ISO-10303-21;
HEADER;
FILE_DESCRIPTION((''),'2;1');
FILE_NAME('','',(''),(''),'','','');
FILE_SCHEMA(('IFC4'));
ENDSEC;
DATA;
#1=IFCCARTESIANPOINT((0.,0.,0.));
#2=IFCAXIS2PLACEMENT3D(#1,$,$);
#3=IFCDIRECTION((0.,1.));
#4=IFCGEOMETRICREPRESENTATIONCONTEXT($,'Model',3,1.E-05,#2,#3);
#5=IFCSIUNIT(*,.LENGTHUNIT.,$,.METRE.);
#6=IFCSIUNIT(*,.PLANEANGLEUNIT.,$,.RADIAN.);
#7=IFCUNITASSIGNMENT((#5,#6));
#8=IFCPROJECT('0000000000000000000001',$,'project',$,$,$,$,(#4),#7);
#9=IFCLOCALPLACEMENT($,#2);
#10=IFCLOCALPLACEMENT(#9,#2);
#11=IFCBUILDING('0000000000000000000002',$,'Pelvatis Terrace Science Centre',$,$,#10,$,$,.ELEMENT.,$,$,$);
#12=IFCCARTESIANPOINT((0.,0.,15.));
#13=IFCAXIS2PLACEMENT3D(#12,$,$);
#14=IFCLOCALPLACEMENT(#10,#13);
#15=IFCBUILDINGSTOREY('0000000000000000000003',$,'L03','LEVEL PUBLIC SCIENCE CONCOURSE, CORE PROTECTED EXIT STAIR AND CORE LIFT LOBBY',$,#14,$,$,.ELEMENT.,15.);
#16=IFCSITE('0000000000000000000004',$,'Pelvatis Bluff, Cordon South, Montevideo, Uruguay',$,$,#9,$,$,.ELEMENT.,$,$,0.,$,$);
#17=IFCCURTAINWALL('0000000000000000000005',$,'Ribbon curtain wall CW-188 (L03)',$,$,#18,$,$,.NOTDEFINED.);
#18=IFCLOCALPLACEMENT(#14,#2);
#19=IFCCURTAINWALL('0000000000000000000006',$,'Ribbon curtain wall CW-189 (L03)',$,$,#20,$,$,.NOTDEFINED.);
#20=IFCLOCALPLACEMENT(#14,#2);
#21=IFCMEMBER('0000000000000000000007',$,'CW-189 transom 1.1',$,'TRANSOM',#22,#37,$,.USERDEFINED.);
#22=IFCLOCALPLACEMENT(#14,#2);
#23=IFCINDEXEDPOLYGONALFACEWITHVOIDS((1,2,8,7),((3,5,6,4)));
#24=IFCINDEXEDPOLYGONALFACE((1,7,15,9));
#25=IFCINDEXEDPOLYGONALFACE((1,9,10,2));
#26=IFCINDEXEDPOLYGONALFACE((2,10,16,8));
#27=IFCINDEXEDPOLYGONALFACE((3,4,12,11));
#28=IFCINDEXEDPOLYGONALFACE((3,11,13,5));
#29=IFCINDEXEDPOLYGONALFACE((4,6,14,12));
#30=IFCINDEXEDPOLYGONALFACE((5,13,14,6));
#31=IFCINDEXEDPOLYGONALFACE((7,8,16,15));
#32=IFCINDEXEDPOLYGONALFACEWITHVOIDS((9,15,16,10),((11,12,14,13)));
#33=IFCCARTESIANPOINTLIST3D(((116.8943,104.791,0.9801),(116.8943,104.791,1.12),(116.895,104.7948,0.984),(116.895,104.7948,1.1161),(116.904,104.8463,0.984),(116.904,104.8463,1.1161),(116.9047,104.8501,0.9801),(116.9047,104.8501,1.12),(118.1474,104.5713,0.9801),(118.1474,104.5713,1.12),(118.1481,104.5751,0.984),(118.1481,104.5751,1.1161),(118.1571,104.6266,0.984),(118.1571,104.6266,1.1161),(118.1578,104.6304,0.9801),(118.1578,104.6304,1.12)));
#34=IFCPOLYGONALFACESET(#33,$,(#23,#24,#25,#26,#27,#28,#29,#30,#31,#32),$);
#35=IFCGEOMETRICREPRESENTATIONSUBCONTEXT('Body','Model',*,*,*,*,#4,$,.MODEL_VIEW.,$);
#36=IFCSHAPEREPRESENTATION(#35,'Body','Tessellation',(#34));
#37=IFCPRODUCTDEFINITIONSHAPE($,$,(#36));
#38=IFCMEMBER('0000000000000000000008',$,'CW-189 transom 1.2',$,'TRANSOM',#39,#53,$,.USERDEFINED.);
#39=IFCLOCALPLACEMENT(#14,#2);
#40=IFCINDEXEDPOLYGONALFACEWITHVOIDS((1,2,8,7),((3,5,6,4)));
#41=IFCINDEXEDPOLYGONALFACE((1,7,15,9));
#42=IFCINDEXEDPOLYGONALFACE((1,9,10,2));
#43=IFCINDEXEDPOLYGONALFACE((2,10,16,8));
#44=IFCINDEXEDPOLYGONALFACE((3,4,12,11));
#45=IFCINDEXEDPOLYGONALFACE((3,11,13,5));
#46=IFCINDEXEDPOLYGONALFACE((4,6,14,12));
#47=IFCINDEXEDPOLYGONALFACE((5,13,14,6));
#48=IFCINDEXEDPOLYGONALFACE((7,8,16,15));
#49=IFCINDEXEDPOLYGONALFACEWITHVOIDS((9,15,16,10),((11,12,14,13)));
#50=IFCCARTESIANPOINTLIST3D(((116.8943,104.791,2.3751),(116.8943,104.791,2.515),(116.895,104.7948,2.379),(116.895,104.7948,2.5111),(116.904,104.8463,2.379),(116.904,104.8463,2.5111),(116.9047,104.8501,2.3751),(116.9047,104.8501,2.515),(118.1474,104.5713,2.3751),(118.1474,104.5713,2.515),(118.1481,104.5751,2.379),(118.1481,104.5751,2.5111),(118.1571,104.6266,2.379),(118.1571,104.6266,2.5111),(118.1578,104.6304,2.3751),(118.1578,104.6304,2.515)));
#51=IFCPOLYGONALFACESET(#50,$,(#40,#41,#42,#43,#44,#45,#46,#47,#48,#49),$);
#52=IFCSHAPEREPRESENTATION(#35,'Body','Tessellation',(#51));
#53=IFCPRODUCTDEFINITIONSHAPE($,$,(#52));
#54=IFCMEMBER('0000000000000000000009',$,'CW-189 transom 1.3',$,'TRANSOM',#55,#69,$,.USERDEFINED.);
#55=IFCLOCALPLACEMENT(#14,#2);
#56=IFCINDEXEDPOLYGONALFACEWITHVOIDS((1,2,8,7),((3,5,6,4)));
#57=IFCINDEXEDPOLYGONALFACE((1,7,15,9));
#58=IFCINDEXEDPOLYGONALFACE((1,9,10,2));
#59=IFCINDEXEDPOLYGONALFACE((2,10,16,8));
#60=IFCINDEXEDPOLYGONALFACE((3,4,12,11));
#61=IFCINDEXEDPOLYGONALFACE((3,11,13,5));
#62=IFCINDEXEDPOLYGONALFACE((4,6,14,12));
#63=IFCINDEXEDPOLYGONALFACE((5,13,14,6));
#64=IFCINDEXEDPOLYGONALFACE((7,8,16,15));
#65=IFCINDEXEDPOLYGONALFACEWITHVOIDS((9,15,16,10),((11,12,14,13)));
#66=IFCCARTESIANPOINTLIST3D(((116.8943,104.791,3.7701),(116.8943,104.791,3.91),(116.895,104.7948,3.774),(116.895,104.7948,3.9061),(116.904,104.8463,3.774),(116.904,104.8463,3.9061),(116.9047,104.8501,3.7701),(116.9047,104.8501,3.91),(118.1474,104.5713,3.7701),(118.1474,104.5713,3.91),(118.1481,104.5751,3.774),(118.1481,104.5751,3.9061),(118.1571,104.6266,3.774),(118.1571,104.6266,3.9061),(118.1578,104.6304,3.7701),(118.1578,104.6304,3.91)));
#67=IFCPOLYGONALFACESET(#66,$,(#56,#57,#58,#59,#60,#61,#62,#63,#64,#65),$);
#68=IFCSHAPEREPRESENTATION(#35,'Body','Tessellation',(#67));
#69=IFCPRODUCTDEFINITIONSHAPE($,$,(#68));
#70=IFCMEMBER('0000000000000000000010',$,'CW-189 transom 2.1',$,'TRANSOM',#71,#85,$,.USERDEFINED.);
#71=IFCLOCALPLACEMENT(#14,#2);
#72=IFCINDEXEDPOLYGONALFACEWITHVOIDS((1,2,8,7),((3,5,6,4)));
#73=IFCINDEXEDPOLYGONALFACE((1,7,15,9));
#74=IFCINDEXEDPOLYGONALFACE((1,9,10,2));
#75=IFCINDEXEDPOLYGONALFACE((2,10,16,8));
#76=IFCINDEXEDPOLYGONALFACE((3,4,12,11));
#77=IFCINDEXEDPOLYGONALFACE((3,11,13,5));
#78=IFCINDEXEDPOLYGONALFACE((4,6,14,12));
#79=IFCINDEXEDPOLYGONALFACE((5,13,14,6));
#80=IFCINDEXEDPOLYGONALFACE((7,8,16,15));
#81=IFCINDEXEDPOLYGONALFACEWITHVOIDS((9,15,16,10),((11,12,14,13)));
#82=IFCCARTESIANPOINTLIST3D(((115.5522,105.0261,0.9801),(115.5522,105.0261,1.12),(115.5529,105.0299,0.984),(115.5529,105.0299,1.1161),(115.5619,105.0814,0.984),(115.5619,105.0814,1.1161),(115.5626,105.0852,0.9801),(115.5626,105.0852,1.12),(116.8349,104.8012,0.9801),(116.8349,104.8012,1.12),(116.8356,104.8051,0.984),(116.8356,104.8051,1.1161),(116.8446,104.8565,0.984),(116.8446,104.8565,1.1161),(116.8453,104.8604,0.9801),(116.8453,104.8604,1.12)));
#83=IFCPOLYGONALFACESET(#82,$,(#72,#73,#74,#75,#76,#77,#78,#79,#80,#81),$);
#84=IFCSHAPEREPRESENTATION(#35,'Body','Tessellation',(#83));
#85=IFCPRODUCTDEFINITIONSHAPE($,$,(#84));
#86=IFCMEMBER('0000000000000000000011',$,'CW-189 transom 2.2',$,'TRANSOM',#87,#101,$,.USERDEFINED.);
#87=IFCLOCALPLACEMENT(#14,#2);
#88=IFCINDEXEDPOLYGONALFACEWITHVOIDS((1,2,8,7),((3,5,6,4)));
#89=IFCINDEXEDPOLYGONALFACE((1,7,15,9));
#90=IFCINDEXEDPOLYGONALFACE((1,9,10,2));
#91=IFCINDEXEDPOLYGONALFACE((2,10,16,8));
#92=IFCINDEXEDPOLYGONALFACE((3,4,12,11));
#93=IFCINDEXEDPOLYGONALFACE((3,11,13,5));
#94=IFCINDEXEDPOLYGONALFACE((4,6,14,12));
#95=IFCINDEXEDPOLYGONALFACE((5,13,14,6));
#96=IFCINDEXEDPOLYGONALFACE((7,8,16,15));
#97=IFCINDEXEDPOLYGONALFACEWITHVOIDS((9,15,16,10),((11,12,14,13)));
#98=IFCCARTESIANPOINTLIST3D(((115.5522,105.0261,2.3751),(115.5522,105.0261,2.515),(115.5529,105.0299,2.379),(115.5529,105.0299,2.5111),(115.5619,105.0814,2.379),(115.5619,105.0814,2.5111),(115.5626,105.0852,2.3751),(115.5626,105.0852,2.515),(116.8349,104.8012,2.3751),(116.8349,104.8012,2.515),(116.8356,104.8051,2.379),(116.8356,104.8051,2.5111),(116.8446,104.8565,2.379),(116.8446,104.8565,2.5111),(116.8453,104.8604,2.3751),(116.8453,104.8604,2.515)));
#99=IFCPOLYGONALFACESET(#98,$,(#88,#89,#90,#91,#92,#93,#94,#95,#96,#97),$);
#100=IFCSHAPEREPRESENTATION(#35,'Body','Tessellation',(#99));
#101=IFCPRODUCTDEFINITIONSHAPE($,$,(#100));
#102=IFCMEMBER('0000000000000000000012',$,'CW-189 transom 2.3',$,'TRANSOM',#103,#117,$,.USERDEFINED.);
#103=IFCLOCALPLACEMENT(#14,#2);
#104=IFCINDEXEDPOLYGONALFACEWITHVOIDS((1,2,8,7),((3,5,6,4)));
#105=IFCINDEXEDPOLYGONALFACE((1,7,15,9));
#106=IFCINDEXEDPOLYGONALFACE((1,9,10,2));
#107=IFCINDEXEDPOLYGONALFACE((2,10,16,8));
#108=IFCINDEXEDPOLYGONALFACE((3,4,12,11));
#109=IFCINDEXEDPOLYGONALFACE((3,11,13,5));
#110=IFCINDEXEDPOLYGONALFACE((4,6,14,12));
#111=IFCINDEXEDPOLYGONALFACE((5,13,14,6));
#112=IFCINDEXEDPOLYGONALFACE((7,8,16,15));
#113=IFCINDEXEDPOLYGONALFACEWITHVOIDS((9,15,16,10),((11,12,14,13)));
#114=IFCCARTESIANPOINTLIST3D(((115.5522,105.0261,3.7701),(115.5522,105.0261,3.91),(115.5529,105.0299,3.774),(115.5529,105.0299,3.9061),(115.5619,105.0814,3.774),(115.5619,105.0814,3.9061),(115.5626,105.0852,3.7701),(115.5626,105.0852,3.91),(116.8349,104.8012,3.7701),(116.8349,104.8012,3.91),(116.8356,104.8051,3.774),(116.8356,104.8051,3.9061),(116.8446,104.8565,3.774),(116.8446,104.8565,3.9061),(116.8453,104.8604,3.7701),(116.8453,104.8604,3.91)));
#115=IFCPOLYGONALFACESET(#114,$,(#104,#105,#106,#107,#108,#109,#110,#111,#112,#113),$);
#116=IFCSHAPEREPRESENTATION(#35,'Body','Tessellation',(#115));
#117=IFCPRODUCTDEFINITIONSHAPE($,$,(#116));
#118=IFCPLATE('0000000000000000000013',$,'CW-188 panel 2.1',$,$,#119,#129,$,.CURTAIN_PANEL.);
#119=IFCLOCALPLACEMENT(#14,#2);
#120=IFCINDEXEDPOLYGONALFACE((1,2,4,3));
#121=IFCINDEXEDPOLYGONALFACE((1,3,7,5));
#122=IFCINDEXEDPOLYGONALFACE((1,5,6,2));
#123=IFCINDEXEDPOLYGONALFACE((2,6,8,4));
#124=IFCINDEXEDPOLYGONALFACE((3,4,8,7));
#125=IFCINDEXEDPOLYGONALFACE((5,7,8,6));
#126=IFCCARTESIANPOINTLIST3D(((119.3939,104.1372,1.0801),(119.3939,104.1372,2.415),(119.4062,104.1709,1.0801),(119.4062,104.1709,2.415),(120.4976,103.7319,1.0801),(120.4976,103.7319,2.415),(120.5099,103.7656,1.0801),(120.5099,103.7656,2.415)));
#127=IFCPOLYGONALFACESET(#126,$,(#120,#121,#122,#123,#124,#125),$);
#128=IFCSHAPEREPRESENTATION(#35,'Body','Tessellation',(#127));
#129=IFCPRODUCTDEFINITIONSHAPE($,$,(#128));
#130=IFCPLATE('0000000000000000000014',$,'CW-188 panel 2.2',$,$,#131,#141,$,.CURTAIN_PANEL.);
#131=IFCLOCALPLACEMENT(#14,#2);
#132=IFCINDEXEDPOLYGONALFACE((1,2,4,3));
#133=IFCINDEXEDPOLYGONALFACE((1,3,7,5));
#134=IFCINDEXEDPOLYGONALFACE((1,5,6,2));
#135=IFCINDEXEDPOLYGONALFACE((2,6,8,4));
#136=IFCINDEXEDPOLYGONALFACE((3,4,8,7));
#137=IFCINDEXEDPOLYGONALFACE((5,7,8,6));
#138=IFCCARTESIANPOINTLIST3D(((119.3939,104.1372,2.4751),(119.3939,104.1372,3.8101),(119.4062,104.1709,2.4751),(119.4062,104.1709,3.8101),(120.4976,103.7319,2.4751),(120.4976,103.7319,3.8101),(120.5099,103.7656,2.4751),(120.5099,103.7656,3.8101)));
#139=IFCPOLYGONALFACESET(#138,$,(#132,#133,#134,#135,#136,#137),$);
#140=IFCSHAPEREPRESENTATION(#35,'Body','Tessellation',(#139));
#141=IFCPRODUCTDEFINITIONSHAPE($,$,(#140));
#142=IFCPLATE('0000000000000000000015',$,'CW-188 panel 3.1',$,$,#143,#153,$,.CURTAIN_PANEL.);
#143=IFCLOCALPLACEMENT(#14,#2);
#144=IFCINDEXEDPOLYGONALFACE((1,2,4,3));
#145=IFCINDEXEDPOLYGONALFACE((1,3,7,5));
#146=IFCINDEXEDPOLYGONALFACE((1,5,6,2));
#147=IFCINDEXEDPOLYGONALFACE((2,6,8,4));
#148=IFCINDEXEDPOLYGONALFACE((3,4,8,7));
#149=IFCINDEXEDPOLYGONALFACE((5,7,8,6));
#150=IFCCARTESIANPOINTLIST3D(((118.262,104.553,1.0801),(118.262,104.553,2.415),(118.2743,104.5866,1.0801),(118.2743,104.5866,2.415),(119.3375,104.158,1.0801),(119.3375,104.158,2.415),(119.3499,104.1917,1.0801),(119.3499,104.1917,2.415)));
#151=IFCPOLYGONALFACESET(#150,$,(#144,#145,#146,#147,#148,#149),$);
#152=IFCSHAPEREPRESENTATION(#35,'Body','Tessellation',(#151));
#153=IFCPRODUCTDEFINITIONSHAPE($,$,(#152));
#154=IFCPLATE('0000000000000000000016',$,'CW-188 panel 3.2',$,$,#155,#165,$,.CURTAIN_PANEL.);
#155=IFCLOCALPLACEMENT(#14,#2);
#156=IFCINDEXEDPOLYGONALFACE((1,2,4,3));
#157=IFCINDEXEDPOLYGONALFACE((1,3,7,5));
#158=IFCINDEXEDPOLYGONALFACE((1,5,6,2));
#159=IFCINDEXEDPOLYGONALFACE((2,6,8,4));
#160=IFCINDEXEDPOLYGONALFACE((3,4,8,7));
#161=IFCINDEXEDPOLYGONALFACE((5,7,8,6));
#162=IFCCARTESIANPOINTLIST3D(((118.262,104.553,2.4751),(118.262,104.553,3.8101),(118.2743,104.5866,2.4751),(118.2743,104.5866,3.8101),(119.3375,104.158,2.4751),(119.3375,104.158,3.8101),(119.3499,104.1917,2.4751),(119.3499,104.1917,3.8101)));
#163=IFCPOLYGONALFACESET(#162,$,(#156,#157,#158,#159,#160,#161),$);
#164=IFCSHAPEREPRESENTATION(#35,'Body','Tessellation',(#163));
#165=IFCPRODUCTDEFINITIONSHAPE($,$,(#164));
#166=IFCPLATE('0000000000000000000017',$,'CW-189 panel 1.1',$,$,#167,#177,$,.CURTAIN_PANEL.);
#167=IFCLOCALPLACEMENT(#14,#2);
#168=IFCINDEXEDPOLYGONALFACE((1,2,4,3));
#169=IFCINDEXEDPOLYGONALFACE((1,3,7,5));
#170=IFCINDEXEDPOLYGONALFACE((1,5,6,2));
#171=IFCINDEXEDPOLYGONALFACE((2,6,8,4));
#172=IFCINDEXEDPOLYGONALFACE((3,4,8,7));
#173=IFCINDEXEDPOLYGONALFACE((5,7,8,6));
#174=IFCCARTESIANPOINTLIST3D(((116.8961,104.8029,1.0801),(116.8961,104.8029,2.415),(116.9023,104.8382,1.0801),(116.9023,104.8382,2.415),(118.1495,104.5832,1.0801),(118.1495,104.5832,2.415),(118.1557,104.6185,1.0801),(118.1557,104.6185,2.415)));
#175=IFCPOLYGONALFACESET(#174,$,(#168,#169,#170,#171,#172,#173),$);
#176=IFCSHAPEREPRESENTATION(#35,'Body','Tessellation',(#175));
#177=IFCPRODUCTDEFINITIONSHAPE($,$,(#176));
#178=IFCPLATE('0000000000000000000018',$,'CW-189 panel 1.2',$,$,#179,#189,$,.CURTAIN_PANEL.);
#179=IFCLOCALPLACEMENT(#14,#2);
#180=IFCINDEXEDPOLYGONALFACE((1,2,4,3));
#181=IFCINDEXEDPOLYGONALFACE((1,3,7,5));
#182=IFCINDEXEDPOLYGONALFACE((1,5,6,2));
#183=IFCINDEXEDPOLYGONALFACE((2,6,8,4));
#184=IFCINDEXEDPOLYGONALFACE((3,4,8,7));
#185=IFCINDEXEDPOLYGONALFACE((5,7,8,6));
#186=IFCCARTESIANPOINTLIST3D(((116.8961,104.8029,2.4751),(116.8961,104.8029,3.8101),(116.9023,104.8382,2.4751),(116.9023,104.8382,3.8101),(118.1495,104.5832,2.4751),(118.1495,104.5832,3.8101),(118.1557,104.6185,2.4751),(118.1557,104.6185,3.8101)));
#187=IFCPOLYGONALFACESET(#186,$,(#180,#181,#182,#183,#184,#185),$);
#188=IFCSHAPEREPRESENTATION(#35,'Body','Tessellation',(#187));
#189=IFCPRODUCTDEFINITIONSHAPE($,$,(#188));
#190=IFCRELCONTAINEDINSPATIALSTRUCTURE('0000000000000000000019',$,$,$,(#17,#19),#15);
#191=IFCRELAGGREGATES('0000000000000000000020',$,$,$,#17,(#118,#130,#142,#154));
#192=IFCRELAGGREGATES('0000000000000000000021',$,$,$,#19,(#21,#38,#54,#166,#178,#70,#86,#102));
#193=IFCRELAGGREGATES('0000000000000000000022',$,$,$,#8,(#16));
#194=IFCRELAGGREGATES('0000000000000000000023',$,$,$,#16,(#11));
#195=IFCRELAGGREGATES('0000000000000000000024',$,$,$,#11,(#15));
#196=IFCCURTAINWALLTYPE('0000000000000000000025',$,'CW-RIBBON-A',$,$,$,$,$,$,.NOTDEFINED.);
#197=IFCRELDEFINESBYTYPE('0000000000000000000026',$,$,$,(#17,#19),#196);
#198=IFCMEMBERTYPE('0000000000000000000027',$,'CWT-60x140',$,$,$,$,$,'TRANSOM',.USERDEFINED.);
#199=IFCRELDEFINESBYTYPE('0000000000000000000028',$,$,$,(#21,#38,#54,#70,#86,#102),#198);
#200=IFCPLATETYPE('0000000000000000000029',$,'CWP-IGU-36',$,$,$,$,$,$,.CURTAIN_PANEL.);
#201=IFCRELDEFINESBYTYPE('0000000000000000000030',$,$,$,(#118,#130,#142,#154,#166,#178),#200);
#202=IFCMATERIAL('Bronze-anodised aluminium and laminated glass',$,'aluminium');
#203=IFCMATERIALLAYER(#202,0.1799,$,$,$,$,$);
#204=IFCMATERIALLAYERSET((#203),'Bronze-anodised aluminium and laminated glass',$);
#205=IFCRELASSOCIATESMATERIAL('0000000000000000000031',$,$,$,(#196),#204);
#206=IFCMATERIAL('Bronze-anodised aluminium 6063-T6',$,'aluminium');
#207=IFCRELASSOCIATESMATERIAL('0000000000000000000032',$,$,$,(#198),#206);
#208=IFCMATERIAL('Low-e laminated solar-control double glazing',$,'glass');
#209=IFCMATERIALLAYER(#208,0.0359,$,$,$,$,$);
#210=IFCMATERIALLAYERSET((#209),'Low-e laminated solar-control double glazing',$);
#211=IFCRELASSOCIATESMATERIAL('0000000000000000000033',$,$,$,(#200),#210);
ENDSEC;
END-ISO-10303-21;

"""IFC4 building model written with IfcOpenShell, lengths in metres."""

from ifc_helpers import new_model, si_unit, direction, frame, origin, origin_2d, place, context, subcontext, project, spatial, rectangle, hollow_rectangle, extrude, material, layer, layer_set, material_profile, profile_set, type_object, element, aggregate, save


model = new_model("IFC4")

# Units and contexts
model_context = context("Model", 3, precision=1e-05, world=origin(), true_north=direction((0.0, 1.0)))
body_context = subcontext(model_context, "Body", "Model", "MODEL_VIEW")
ifc_project = project(units=[si_unit("LENGTHUNIT", "METRE"), si_unit("PLANEANGLEUNIT", "RADIAN")], contexts=[model_context])

# Site, building, storey
site_placement = place(None, origin())
site = spatial("IfcSite", under=ifc_project, at=site_placement, Name="Pelvatis Bluff, Cordon South, Montevideo, Uruguay", CompositionType="ELEMENT", RefElevation=0.0)
building_placement = place(site_placement, origin())
building = spatial("IfcBuilding", under=site, at=building_placement, Name="Pelvatis Terrace Science Centre", CompositionType="ELEMENT")
storey_placement = place(building_placement, frame((0.0, 0.0, 15.0)))
storey = spatial("IfcBuildingStorey", under=building, at=storey_placement, Name="L03", Description="LEVEL PUBLIC SCIENCE CONCOURSE, CORE PROTECTED EXIT STAIR AND CORE LIFT LOBBY", CompositionType="ELEMENT", Elevation=15.0)

# Curtain walls
ifc_material_1 = material(Name="Bronze-anodised aluminium and laminated glass", Category="aluminium")
ifc_layer_1 = layer(ifc_material_1, 0.1799)
ifc_layer_set_1 = layer_set([ifc_layer_1], Name="Bronze-anodised aluminium and laminated glass")
curtain_wall_type = type_object("IfcCurtainWallType", Name="CW-RIBBON-A", PredefinedType="NOTDEFINED", material=ifc_layer_set_1)
curtain_wall_1_placement = place(storey_placement, origin())
curtain_wall_1 = element("IfcCurtainWall", 1, at=curtain_wall_1_placement, inside=storey, type_object=curtain_wall_type, Name="Ribbon curtain wall CW-188 (L03)", PredefinedType="NOTDEFINED")
curtain_wall_2_placement = place(storey_placement, origin())
curtain_wall_2 = element("IfcCurtainWall", 2, at=curtain_wall_2_placement, inside=storey, type_object=curtain_wall_type, Name="Ribbon curtain wall CW-189 (L03)", PredefinedType="NOTDEFINED")

# Members
ifc_material_2 = material(Name="Bronze-anodised aluminium 6063-T6", Category="aluminium")
ifc_material_profile_1 = material_profile(ifc_material_2, hollow_rectangle(XDim=0.0601, YDim=0.1399, WallThickness=0.0039, at=origin_2d()), Name="ALU-TRN 60x140")
ifc_profile_set_1 = profile_set([ifc_material_profile_1], Name="Bronze-anodised aluminium 6063-T6")
member_type_1 = type_object("IfcMemberType", Name="CWT-60x140", ElementType="TRANSOM", PredefinedType="USERDEFINED", material=ifc_profile_set_1)
member_1_placement = place(storey_placement, frame((118.1526, 104.6008, 1.05), z_axis=(-0.984974, 0.172701, 0.0), x_axis=(-0.172701, -0.984974, 0.0)))
member_1 = element("IfcMember", 3, at=member_1_placement, type_object=member_type_1, Name="CW-189 transom 1.1", ObjectType="TRANSOM", PredefinedType="USERDEFINED", context=body_context, shape_type="SweptSolid", body=[
    extrude(hollow_rectangle(XDim=0.0601, YDim=0.1399, WallThickness=0.0039, at=origin_2d()), origin(), (0.0, 0.0, 1.0), 1.2722),
])
member_2_placement = place(storey_placement, frame((118.1526, 104.6008, 2.4451), z_axis=(-0.984974, 0.172701, 0.0), x_axis=(-0.172701, -0.984974, 0.0)))
member_2 = element("IfcMember", 4, at=member_2_placement, type_object=member_type_1, Name="CW-189 transom 1.2", ObjectType="TRANSOM", PredefinedType="USERDEFINED", context=body_context, shape_type="SweptSolid", body=[
    extrude(hollow_rectangle(XDim=0.0601, YDim=0.1399, WallThickness=0.0039, at=origin_2d()), origin(), (0.0, 0.0, 1.0), 1.2722),
])
member_3_placement = place(storey_placement, frame((118.1526, 104.6008, 3.8401), z_axis=(-0.984974, 0.172701, 0.0), x_axis=(-0.172701, -0.984974, 0.0)))
member_3 = element("IfcMember", 5, at=member_3_placement, type_object=member_type_1, Name="CW-189 transom 1.3", ObjectType="TRANSOM", PredefinedType="USERDEFINED", context=body_context, shape_type="SweptSolid", body=[
    extrude(hollow_rectangle(XDim=0.0601, YDim=0.1399, WallThickness=0.0039, at=origin_2d()), origin(), (0.0, 0.0, 1.0), 1.2722),
])
member_4_placement = place(storey_placement, frame((116.8401, 104.8308, 1.05), z_axis=(-0.984981, 0.172662, 0.0), x_axis=(-0.172662, -0.984981, 0.0)))
member_4 = element("IfcMember", 6, at=member_4_placement, type_object=member_type_1, Name="CW-189 transom 2.1", ObjectType="TRANSOM", PredefinedType="USERDEFINED", context=body_context, shape_type="SweptSolid", body=[
    extrude(hollow_rectangle(XDim=0.0601, YDim=0.1399, WallThickness=0.0039, at=origin_2d()), origin(), (0.0, 0.0, 1.0), 1.3022),
])
member_5_placement = place(storey_placement, frame((116.8401, 104.8308, 2.4451), z_axis=(-0.984981, 0.172662, 0.0), x_axis=(-0.172662, -0.984981, 0.0)))
member_5 = element("IfcMember", 7, at=member_5_placement, type_object=member_type_1, Name="CW-189 transom 2.2", ObjectType="TRANSOM", PredefinedType="USERDEFINED", context=body_context, shape_type="SweptSolid", body=[
    extrude(hollow_rectangle(XDim=0.0601, YDim=0.1399, WallThickness=0.0039, at=origin_2d()), origin(), (0.0, 0.0, 1.0), 1.3022),
])
member_6_placement = place(storey_placement, frame((116.8401, 104.8308, 3.8401), z_axis=(-0.984981, 0.172662, 0.0), x_axis=(-0.172662, -0.984981, 0.0)))
member_6 = element("IfcMember", 8, at=member_6_placement, type_object=member_type_1, Name="CW-189 transom 2.3", ObjectType="TRANSOM", PredefinedType="USERDEFINED", context=body_context, shape_type="SweptSolid", body=[
    extrude(hollow_rectangle(XDim=0.0601, YDim=0.1399, WallThickness=0.0039, at=origin_2d()), origin(), (0.0, 0.0, 1.0), 1.3022),
])

# Plates
ifc_material_3 = material(Name="Low-e laminated solar-control double glazing", Category="glass")
ifc_layer_2 = layer(ifc_material_3, 0.0359)
ifc_layer_set_2 = layer_set([ifc_layer_2], Name="Low-e laminated solar-control double glazing")
plate_type = type_object("IfcPlateType", Name="CWP-IGU-36", PredefinedType="CURTAIN_PANEL", material=ifc_layer_set_2)
plate_1_placement = place(storey_placement, frame((119.9519, 103.9514, 1.0801), z_axis=(0.0, 0.0, 1.0), x_axis=(-0.938703, 0.344728, 0.0)))
plate_1 = element("IfcPlate", 9, at=plate_1_placement, type_object=plate_type, Name="CW-188 panel 2.1", PredefinedType="CURTAIN_PANEL", context=body_context, shape_type="SweptSolid", body=[
    extrude(rectangle(XDim=1.1758, YDim=0.0359, at=origin_2d()), origin(), (0.0, 0.0, 1.0), 1.335),
])
plate_2_placement = place(storey_placement, frame((119.9519, 103.9514, 2.4751), z_axis=(0.0, 0.0, 1.0), x_axis=(-0.938703, 0.344728, 0.0)))
plate_2 = element("IfcPlate", 10, at=plate_2_placement, type_object=plate_type, Name="CW-188 panel 2.2", PredefinedType="CURTAIN_PANEL", context=body_context, shape_type="SweptSolid", body=[
    extrude(rectangle(XDim=1.1758, YDim=0.0359, at=origin_2d()), origin(), (0.0, 0.0, 1.0), 1.335),
])
plate_3_placement = place(storey_placement, frame((118.8059, 104.3723, 1.0801), z_axis=(0.0, 0.0, 1.0), x_axis=(-0.938703, 0.344728, 0.0)))
plate_3 = element("IfcPlate", 11, at=plate_3_placement, type_object=plate_type, Name="CW-188 panel 3.1", PredefinedType="CURTAIN_PANEL", context=body_context, shape_type="SweptSolid", body=[
    extrude(rectangle(XDim=1.1458, YDim=0.0359, at=origin_2d()), origin(), (0.0, 0.0, 1.0), 1.335),
])
plate_4_placement = place(storey_placement, frame((118.8059, 104.3723, 2.4751), z_axis=(0.0, 0.0, 1.0), x_axis=(-0.938703, 0.344728, 0.0)))
plate_4 = element("IfcPlate", 12, at=plate_4_placement, type_object=plate_type, Name="CW-188 panel 3.2", PredefinedType="CURTAIN_PANEL", context=body_context, shape_type="SweptSolid", body=[
    extrude(rectangle(XDim=1.1458, YDim=0.0359, at=origin_2d()), origin(), (0.0, 0.0, 1.0), 1.335),
])
aggregate(curtain_wall_1, [plate_1, plate_2, plate_3, plate_4])
plate_5_placement = place(storey_placement, frame((117.5259, 104.7107, 1.0801), z_axis=(0.0, 0.0, 1.0), x_axis=(-0.984979, 0.172671, 0.0)))
plate_5 = element("IfcPlate", 13, at=plate_5_placement, type_object=plate_type, Name="CW-189 panel 1.1", PredefinedType="CURTAIN_PANEL", context=body_context, shape_type="SweptSolid", body=[
    extrude(rectangle(XDim=1.2725, YDim=0.0359, at=origin_2d()), origin(), (0.0, 0.0, 1.0), 1.335),
])
plate_6_placement = place(storey_placement, frame((117.5259, 104.7107, 2.4751), z_axis=(0.0, 0.0, 1.0), x_axis=(-0.984979, 0.172671, 0.0)))
plate_6 = element("IfcPlate", 14, at=plate_6_placement, type_object=plate_type, Name="CW-189 panel 1.2", PredefinedType="CURTAIN_PANEL", context=body_context, shape_type="SweptSolid", body=[
    extrude(rectangle(XDim=1.2725, YDim=0.0359, at=origin_2d()), origin(), (0.0, 0.0, 1.0), 1.335),
])
aggregate(curtain_wall_2, [member_1, member_2, member_3, plate_5, plate_6, member_4, member_5, member_6])

save(model, "model.ifc")
